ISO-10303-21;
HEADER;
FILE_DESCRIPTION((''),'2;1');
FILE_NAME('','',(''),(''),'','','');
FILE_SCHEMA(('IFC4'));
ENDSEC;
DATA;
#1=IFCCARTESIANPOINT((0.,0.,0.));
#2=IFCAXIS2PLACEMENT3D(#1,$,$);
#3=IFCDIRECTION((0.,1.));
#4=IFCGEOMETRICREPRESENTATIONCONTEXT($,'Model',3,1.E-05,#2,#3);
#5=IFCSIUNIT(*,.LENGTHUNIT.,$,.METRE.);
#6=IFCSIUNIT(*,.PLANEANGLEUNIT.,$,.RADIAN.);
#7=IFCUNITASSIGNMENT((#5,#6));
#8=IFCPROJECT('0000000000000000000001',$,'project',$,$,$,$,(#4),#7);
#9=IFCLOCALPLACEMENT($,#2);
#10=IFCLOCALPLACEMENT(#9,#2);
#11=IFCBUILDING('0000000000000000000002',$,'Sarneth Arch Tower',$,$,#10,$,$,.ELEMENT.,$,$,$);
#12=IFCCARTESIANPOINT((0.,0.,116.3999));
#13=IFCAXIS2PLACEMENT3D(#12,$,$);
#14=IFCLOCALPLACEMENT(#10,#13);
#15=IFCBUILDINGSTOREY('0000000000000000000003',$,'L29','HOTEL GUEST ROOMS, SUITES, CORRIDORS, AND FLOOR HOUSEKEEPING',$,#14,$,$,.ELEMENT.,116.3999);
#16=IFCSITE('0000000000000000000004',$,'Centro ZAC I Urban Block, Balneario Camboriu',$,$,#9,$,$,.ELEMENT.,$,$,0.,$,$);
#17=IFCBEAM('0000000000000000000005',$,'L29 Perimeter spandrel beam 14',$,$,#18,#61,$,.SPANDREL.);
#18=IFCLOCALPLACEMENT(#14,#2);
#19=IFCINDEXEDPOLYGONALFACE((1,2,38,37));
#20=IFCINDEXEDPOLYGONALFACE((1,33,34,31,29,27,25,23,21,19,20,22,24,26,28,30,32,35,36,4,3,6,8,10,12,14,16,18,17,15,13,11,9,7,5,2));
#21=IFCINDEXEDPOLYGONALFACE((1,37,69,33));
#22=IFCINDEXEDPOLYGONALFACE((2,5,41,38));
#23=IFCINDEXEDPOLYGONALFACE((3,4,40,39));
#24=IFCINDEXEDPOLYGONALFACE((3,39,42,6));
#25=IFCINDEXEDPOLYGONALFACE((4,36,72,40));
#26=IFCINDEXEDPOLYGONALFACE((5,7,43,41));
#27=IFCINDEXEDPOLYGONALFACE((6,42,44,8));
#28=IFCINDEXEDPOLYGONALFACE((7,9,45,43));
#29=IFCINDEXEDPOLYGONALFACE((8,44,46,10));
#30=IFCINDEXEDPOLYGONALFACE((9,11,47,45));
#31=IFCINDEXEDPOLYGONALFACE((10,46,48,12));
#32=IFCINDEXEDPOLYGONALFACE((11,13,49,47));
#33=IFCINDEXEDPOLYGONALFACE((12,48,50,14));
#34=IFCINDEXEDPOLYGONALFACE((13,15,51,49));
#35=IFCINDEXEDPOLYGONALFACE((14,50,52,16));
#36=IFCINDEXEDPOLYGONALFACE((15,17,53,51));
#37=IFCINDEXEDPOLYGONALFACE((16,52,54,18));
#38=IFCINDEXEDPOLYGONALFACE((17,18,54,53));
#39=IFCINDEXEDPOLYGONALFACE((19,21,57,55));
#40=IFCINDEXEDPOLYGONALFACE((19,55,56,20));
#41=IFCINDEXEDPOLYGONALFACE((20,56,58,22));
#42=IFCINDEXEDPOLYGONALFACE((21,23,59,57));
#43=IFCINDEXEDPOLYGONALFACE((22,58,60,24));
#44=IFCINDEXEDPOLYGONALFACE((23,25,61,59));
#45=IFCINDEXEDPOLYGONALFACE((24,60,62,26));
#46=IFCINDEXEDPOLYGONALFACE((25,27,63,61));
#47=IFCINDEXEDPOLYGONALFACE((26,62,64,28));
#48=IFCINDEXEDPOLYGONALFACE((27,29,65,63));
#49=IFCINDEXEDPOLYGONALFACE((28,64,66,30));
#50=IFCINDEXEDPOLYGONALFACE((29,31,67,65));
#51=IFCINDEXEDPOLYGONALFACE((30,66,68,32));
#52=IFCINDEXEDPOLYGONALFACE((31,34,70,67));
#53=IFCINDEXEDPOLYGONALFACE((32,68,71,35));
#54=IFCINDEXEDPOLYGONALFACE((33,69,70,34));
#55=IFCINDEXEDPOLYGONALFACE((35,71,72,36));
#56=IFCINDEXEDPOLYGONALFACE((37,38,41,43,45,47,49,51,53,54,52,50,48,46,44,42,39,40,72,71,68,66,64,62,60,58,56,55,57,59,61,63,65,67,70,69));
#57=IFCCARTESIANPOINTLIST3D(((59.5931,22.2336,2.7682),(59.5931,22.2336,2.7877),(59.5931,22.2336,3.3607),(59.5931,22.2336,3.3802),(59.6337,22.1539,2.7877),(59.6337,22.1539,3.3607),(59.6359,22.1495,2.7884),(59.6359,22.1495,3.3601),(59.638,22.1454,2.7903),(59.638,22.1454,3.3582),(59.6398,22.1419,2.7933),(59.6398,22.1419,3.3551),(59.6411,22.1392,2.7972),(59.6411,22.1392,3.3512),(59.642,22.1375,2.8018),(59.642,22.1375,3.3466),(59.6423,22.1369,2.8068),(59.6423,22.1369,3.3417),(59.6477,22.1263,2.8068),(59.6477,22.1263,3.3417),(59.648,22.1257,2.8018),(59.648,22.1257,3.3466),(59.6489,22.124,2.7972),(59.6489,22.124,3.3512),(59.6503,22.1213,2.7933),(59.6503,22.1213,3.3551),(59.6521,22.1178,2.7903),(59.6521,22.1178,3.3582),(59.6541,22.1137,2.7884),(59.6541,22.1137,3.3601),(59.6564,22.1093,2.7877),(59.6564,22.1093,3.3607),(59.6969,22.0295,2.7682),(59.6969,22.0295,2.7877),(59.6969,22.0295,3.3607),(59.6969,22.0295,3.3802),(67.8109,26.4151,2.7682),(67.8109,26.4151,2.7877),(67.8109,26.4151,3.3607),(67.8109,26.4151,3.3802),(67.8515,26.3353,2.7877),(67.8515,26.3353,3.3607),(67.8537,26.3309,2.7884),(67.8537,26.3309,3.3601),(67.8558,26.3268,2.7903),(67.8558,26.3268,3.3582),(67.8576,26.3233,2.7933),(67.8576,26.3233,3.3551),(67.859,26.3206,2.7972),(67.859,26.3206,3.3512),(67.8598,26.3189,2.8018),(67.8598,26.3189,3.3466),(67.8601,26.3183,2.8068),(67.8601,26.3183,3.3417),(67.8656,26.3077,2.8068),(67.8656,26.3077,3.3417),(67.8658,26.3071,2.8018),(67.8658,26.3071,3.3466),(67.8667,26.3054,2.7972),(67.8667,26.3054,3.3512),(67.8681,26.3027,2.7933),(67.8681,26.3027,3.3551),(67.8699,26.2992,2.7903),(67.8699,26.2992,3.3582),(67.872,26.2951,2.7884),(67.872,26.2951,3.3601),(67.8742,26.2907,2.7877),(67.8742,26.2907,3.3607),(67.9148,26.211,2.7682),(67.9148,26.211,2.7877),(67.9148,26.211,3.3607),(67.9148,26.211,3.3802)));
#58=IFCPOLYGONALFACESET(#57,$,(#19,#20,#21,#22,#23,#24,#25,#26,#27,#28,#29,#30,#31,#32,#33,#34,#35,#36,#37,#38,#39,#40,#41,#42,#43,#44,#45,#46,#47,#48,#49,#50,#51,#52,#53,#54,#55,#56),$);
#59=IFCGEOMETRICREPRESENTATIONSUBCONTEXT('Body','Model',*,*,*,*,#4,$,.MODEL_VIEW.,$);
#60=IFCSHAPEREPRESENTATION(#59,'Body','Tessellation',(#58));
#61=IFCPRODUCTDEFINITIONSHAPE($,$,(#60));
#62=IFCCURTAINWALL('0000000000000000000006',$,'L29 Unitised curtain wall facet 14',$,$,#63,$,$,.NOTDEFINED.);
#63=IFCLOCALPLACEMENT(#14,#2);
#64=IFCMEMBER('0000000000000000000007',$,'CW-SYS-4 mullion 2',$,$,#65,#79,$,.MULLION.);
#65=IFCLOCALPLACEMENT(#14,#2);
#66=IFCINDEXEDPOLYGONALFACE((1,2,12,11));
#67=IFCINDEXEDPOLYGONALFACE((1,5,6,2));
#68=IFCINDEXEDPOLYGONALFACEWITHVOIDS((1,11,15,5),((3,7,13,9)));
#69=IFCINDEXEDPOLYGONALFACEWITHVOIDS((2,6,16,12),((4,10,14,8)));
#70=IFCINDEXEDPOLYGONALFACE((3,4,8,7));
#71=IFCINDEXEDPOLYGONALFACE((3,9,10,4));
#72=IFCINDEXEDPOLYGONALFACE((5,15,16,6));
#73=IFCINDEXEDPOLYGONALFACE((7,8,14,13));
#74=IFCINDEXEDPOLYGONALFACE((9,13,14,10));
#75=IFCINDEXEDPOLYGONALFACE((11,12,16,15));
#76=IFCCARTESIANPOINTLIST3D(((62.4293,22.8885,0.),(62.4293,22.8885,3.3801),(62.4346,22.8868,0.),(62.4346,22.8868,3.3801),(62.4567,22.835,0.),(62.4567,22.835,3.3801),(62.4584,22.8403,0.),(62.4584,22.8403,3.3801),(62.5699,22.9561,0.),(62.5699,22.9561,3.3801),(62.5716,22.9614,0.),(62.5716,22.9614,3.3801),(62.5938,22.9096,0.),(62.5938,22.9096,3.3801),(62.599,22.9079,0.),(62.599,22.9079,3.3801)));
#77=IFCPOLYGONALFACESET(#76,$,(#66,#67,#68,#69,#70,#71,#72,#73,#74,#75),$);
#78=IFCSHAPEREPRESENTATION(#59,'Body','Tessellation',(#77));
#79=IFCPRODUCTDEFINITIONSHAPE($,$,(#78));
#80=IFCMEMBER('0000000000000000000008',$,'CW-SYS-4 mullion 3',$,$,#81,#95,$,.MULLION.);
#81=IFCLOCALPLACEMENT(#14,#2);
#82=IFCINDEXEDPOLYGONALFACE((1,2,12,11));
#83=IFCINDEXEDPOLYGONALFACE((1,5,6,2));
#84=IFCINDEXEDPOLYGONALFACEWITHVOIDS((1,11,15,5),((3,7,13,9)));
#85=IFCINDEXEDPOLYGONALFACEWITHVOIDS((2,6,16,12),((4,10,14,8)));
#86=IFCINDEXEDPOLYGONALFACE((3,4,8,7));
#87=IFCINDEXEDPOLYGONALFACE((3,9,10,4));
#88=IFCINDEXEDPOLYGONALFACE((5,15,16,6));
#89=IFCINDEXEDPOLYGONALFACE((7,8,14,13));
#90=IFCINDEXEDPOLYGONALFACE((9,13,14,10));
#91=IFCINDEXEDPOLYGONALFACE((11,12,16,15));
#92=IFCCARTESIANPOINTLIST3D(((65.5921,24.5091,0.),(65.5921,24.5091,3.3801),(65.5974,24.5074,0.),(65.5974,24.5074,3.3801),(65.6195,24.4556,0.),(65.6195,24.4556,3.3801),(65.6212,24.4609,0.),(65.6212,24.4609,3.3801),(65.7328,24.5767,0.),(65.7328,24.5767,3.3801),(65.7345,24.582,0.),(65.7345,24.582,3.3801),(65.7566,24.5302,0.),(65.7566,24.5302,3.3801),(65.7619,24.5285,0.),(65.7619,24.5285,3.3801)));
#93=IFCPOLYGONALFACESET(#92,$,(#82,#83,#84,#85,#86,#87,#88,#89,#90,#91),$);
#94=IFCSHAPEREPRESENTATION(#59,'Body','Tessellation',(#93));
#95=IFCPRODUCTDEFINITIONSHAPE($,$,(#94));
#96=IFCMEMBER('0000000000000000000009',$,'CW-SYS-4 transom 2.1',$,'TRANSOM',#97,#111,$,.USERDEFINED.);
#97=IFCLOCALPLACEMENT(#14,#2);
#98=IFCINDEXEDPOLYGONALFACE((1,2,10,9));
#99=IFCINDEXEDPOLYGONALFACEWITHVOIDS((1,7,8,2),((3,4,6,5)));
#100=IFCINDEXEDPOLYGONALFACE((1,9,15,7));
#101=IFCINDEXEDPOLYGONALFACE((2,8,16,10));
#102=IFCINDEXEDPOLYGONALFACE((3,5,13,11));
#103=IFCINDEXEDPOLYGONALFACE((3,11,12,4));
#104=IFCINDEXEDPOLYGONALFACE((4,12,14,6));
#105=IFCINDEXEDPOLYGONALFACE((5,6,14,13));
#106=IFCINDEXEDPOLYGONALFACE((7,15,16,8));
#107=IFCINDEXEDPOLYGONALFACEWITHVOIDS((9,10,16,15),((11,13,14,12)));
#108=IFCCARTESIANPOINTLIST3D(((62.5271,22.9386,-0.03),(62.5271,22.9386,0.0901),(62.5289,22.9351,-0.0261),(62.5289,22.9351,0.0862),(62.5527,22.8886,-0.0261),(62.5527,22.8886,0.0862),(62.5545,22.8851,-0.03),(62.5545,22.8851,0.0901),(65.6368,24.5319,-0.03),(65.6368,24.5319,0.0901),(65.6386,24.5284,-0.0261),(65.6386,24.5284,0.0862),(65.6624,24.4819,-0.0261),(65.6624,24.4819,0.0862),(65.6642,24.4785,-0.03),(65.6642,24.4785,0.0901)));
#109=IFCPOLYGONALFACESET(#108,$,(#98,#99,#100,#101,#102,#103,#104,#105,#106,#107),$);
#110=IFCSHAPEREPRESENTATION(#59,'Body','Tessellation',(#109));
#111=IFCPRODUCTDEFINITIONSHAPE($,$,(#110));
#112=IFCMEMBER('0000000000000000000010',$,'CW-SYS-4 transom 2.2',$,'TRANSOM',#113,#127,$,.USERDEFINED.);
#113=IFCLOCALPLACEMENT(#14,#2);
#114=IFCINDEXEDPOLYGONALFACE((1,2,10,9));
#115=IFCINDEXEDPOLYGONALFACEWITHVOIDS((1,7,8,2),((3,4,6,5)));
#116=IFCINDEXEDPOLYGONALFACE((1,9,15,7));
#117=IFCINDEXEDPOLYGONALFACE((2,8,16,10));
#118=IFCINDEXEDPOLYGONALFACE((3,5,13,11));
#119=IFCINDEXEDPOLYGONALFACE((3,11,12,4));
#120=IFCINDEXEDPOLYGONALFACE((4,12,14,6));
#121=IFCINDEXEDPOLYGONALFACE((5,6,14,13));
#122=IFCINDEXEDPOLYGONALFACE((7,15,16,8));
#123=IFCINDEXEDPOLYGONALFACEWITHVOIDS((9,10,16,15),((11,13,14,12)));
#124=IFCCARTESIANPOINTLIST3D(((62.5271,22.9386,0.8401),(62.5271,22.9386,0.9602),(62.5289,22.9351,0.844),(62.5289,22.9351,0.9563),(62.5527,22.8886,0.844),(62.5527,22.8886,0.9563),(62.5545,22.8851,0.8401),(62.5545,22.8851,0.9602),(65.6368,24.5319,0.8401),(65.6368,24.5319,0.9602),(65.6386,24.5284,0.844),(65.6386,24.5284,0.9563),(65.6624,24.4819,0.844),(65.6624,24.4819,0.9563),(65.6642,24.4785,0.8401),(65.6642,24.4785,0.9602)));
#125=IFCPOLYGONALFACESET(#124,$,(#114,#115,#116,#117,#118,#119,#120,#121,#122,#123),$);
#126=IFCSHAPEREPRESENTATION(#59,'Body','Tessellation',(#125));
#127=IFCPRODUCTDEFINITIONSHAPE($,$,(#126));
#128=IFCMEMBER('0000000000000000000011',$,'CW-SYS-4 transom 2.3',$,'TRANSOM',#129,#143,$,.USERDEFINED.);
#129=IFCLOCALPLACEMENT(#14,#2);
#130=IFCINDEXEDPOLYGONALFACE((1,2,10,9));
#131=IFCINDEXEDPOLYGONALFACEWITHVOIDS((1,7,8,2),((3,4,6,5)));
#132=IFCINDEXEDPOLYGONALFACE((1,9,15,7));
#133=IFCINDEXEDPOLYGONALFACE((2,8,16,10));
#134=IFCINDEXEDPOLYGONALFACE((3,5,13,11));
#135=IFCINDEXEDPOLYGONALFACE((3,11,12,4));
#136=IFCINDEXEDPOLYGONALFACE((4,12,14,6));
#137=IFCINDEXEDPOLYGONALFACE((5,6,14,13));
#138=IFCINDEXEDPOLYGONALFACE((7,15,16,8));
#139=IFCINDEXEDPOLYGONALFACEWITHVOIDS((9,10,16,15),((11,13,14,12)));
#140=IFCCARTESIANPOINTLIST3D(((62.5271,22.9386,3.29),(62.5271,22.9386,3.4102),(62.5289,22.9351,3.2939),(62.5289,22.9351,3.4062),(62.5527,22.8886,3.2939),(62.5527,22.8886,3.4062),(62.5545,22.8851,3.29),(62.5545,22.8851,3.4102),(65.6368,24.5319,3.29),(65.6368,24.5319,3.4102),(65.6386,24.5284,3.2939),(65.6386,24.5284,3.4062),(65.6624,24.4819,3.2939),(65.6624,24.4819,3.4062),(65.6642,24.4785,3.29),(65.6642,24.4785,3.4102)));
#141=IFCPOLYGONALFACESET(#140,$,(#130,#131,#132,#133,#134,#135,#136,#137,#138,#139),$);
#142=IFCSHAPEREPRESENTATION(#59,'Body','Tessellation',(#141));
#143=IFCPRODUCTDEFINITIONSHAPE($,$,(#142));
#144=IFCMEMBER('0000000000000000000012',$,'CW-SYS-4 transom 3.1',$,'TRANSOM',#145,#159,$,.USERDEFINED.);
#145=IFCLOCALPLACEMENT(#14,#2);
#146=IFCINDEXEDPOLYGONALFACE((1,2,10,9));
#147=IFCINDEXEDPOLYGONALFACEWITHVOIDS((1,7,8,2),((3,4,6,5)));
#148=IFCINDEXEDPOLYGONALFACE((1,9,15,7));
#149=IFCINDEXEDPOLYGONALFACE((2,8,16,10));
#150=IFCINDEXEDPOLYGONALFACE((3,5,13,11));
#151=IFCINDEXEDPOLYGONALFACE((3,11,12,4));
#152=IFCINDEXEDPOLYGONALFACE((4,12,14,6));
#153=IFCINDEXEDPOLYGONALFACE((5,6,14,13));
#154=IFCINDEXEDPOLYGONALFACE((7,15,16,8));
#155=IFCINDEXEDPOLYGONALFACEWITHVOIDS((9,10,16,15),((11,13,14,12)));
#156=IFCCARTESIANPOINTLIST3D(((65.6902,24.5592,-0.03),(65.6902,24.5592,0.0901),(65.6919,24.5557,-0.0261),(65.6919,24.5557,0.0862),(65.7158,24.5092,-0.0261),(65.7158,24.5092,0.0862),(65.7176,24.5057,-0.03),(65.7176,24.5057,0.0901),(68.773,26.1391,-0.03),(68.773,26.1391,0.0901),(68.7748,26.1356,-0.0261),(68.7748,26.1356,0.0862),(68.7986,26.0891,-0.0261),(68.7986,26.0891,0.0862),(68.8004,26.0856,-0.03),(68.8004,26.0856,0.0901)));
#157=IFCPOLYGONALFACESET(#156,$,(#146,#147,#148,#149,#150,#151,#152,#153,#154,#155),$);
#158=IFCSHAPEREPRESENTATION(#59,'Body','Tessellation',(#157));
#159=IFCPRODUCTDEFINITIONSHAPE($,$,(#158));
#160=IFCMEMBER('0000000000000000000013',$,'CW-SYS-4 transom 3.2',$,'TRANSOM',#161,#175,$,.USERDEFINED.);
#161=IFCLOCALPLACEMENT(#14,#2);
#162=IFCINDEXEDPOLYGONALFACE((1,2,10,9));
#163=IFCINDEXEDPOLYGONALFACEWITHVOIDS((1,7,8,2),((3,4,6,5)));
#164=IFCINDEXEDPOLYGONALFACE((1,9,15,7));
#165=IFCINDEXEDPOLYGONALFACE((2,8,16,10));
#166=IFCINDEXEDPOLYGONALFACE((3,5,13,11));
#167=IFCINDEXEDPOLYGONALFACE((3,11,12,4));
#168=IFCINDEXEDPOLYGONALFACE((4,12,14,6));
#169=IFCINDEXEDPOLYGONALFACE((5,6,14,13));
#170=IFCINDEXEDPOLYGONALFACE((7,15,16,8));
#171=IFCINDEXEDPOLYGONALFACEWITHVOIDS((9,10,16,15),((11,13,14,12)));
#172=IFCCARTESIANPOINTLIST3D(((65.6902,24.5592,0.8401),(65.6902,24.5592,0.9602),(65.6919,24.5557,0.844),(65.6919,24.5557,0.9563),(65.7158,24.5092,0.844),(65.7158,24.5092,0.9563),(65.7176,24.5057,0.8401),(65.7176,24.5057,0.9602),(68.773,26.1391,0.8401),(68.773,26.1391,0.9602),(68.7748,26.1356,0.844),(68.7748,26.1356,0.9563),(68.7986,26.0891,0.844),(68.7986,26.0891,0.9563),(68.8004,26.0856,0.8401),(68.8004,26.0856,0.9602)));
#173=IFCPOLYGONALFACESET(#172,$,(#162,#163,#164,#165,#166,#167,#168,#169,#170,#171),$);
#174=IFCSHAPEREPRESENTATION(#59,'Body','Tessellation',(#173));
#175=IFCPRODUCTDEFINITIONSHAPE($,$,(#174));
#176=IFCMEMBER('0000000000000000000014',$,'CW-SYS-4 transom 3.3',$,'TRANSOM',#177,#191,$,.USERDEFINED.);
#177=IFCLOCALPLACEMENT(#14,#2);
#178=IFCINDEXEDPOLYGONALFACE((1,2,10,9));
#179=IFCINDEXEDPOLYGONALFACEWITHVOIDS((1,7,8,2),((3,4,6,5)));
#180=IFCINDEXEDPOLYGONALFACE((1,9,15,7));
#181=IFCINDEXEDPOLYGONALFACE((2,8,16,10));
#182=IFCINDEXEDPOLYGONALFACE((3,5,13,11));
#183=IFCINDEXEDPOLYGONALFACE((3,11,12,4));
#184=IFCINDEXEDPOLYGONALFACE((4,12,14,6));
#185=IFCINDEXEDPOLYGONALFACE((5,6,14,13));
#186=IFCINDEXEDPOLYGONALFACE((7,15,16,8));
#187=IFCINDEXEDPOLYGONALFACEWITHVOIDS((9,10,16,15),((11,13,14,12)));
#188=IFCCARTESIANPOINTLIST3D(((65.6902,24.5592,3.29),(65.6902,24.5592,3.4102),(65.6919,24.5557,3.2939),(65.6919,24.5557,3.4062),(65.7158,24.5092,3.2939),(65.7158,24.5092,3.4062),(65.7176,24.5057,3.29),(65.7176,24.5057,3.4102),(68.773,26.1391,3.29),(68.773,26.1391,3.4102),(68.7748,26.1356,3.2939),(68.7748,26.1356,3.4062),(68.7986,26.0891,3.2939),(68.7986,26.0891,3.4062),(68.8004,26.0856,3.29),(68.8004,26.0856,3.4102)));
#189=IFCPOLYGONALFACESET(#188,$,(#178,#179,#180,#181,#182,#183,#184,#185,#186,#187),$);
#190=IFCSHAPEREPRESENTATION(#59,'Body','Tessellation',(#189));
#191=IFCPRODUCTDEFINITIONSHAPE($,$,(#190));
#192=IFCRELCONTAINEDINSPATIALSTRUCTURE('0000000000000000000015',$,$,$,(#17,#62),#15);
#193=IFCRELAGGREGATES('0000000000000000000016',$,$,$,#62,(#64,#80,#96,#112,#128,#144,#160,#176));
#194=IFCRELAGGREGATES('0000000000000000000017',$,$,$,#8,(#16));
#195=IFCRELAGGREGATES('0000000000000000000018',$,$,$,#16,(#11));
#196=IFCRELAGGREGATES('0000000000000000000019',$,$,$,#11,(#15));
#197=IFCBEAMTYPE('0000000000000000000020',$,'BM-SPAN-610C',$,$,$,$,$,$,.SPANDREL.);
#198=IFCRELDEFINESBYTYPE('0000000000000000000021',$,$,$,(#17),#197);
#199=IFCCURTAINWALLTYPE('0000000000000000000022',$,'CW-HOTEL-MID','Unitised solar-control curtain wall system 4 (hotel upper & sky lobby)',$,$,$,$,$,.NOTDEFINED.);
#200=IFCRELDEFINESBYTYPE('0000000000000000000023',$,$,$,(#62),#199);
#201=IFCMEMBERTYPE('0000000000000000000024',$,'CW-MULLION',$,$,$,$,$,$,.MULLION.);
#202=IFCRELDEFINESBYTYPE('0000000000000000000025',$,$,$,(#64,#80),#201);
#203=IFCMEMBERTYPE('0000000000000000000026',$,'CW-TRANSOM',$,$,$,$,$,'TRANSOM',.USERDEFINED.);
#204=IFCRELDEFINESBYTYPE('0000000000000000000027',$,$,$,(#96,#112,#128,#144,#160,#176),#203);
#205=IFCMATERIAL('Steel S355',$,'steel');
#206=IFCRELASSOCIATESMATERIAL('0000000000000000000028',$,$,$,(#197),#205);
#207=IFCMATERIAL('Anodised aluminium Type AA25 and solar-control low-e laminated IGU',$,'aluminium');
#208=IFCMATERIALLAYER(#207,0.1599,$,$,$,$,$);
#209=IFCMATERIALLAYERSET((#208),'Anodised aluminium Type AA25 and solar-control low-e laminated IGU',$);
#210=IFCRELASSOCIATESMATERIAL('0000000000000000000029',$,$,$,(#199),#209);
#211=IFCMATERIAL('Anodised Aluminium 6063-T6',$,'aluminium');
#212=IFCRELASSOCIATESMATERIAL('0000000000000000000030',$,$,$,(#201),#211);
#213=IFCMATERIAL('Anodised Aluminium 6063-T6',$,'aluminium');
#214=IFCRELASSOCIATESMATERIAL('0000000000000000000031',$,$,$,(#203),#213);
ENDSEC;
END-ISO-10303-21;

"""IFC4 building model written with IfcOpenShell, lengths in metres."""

from ifc_helpers import new_model, si_unit, direction, frame, origin, origin_2d, place, context, subcontext, project, spatial, hollow_rectangle, i_section, extrude, material, layer, layer_set, material_profile, profile_set, type_object, element, aggregate, save


model = new_model("IFC4")

# Units and contexts
model_context = context("Model", 3, precision=1e-05, world=origin(), true_north=direction((0.0, 1.0)))
body_context = subcontext(model_context, "Body", "Model", "MODEL_VIEW")
ifc_project = project(units=[si_unit("LENGTHUNIT", "METRE"), si_unit("PLANEANGLEUNIT", "RADIAN")], contexts=[model_context])

# Site, building, storey
site_placement = place(None, origin())
site = spatial("IfcSite", under=ifc_project, at=site_placement, Name="Centro ZAC I Urban Block, Balneario Camboriu", CompositionType="ELEMENT", RefElevation=0.0)
building_placement = place(site_placement, origin())
building = spatial("IfcBuilding", under=site, at=building_placement, Name="Sarneth Arch Tower", CompositionType="ELEMENT")
storey_placement = place(building_placement, frame((0.0, 0.0, 116.3999)))
storey = spatial("IfcBuildingStorey", under=building, at=storey_placement, Name="L29", Description="HOTEL GUEST ROOMS, SUITES, CORRIDORS, AND FLOOR HOUSEKEEPING", CompositionType="ELEMENT", Elevation=116.3999)

# Beam
ifc_material_1 = material(Name="Steel S355", Category="steel")
ifc_material_profile_1 = material_profile(ifc_material_1, i_section(OverallWidth=0.229, OverallDepth=0.6121, WebThickness=0.012, FlangeThickness=0.0195, FilletRadius=0.019, at=origin_2d()), Name="W610x125")
ifc_profile_set_1 = profile_set([ifc_material_profile_1], Name="Steel S355")
beam_type = type_object("IfcBeamType", Name="BM-SPAN-610C", PredefinedType="SPANDREL", material=ifc_profile_set_1)
beam_placement = place(storey_placement, frame((59.645, 22.1316, 3.0742), z_axis=(0.891259, 0.453494, 0.0), x_axis=(-0.453494, 0.891259, 0.0)))
element("IfcBeam", 1, at=beam_placement, inside=storey, type_object=beam_type, Name="L29 Perimeter spandrel beam 14", PredefinedType="SPANDREL", context=body_context, shape_type="SweptSolid", body=[
    extrude(i_section(OverallWidth=0.229, OverallDepth=0.6121, WebThickness=0.012, FlangeThickness=0.0195, FilletRadius=0.019, at=origin_2d()), origin(), (0.0, 0.0, 1.0), 9.2205),
])

# Curtain wall, members
ifc_material_2 = material(Name="Anodised aluminium Type AA25 and solar-control low-e laminated IGU", Category="aluminium")
ifc_layer_1 = layer(ifc_material_2, 0.1599)
ifc_layer_set_1 = layer_set([ifc_layer_1], Name="Anodised aluminium Type AA25 and solar-control low-e laminated IGU")
curtain_wall_type = type_object("IfcCurtainWallType", Name="CW-HOTEL-MID", Description="Unitised solar-control curtain wall system 4 (hotel upper & sky lobby)", PredefinedType="NOTDEFINED", material=ifc_layer_set_1)
curtain_wall_placement = place(storey_placement, origin())
curtain_wall = element("IfcCurtainWall", 2, at=curtain_wall_placement, inside=storey, type_object=curtain_wall_type, Name="L29 Unitised curtain wall facet 14", PredefinedType="NOTDEFINED")
ifc_material_3 = material(Name="Anodised Aluminium 6063-T6", Category="aluminium")
ifc_material_profile_2 = material_profile(ifc_material_3, hollow_rectangle(XDim=0.0601, YDim=0.1599, WallThickness=0.0039, at=origin_2d()), Name="AL-MULL-160x60x4")
ifc_profile_set_2 = profile_set([ifc_material_profile_2], Name="Anodised Aluminium 6063-T6")
member_type_1 = type_object("IfcMemberType", Name="CW-MULLION", PredefinedType="MULLION", material=ifc_profile_set_2)
member_1_placement = place(storey_placement, frame((62.5142, 22.8982, 0.0), z_axis=(0.0, 0.0, 1.0), x_axis=(-0.456031, 0.889964, 0.0)))
member_1 = element("IfcMember", 3, at=member_1_placement, type_object=member_type_1, Name="CW-SYS-4 mullion 2", PredefinedType="MULLION", context=body_context, shape_type="SweptSolid", body=[
    extrude(hollow_rectangle(XDim=0.0601, YDim=0.1599, WallThickness=0.0039, at=origin_2d()), origin(), (0.0, 0.0, 1.0), 3.3801),
])
member_2_placement = place(storey_placement, frame((65.677, 24.5188, 0.0), z_axis=(0.0, 0.0, 1.0), x_axis=(-0.456031, 0.889964, 0.0)))
member_2 = element("IfcMember", 4, at=member_2_placement, type_object=member_type_1, Name="CW-SYS-4 mullion 3", PredefinedType="MULLION", context=body_context, shape_type="SweptSolid", body=[
    extrude(hollow_rectangle(XDim=0.0601, YDim=0.1599, WallThickness=0.0039, at=origin_2d()), origin(), (0.0, 0.0, 1.0), 3.3801),
])
ifc_material_4 = material(Name="Anodised Aluminium 6063-T6", Category="aluminium")
ifc_material_profile_3 = material_profile(ifc_material_4, hollow_rectangle(XDim=0.0601, YDim=0.1201, WallThickness=0.0039, at=origin_2d()), Name="AL-TRAN-120x60x4")
ifc_profile_set_3 = profile_set([ifc_material_profile_3], Name="Anodised Aluminium 6063-T6")
member_type_2 = type_object("IfcMemberType", Name="CW-TRANSOM", ElementType="TRANSOM", PredefinedType="USERDEFINED", material=ifc_profile_set_3)
member_3_placement = place(storey_placement, frame((62.5408, 22.9119, 0.03), z_axis=(0.889982, 0.455996, 0.0), x_axis=(-0.455996, 0.889982, 0.0)))
member_3 = element("IfcMember", 5, at=member_3_placement, type_object=member_type_2, Name="CW-SYS-4 transom 2.1", ObjectType="TRANSOM", PredefinedType="USERDEFINED", context=body_context, shape_type="SweptSolid", body=[
    extrude(hollow_rectangle(XDim=0.0601, YDim=0.1201, WallThickness=0.0039, at=origin_2d()), origin(), (0.0, 0.0, 1.0), 3.4941),
])
member_4_placement = place(storey_placement, frame((62.5408, 22.9119, 0.9001), z_axis=(0.889982, 0.455996, 0.0), x_axis=(-0.455996, 0.889982, 0.0)))
member_4 = element("IfcMember", 6, at=member_4_placement, type_object=member_type_2, Name="CW-SYS-4 transom 2.2", ObjectType="TRANSOM", PredefinedType="USERDEFINED", context=body_context, shape_type="SweptSolid", body=[
    extrude(hollow_rectangle(XDim=0.0601, YDim=0.1201, WallThickness=0.0039, at=origin_2d()), origin(), (0.0, 0.0, 1.0), 3.4941),
])
member_5_placement = place(storey_placement, frame((62.5408, 22.9119, 3.3501), z_axis=(0.889982, 0.455996, 0.0), x_axis=(-0.455996, 0.889982, 0.0)))
member_5 = element("IfcMember", 7, at=member_5_placement, type_object=member_type_2, Name="CW-SYS-4 transom 2.3", ObjectType="TRANSOM", PredefinedType="USERDEFINED", context=body_context, shape_type="SweptSolid", body=[
    extrude(hollow_rectangle(XDim=0.0601, YDim=0.1201, WallThickness=0.0039, at=origin_2d()), origin(), (0.0, 0.0, 1.0), 3.4941),
])
member_6_placement = place(storey_placement, frame((65.7039, 24.5325, 0.03), z_axis=(0.889943, 0.456072, 0.0), x_axis=(-0.456072, 0.889943, 0.0)))
member_6 = element("IfcMember", 8, at=member_6_placement, type_object=member_type_2, Name="CW-SYS-4 transom 3.1", ObjectType="TRANSOM", PredefinedType="USERDEFINED", context=body_context, shape_type="SweptSolid", body=[
    extrude(hollow_rectangle(XDim=0.0601, YDim=0.1201, WallThickness=0.0039, at=origin_2d()), origin(), (0.0, 0.0, 1.0), 3.4641),
])
member_7_placement = place(storey_placement, frame((65.7039, 24.5325, 0.9001), z_axis=(0.889943, 0.456072, 0.0), x_axis=(-0.456072, 0.889943, 0.0)))
member_7 = element("IfcMember", 9, at=member_7_placement, type_object=member_type_2, Name="CW-SYS-4 transom 3.2", ObjectType="TRANSOM", PredefinedType="USERDEFINED", context=body_context, shape_type="SweptSolid", body=[
    extrude(hollow_rectangle(XDim=0.0601, YDim=0.1201, WallThickness=0.0039, at=origin_2d()), origin(), (0.0, 0.0, 1.0), 3.4641),
])
member_8_placement = place(storey_placement, frame((65.7039, 24.5325, 3.3501), z_axis=(0.889943, 0.456072, 0.0), x_axis=(-0.456072, 0.889943, 0.0)))
member_8 = element("IfcMember", 10, at=member_8_placement, type_object=member_type_2, Name="CW-SYS-4 transom 3.3", ObjectType="TRANSOM", PredefinedType="USERDEFINED", context=body_context, shape_type="SweptSolid", body=[
    extrude(hollow_rectangle(XDim=0.0601, YDim=0.1201, WallThickness=0.0039, at=origin_2d()), origin(), (0.0, 0.0, 1.0), 3.4641),
])
aggregate(curtain_wall, [member_1, member_2, member_3, member_4, member_5, member_6, member_7, member_8])

save(model, "model.ifc")
